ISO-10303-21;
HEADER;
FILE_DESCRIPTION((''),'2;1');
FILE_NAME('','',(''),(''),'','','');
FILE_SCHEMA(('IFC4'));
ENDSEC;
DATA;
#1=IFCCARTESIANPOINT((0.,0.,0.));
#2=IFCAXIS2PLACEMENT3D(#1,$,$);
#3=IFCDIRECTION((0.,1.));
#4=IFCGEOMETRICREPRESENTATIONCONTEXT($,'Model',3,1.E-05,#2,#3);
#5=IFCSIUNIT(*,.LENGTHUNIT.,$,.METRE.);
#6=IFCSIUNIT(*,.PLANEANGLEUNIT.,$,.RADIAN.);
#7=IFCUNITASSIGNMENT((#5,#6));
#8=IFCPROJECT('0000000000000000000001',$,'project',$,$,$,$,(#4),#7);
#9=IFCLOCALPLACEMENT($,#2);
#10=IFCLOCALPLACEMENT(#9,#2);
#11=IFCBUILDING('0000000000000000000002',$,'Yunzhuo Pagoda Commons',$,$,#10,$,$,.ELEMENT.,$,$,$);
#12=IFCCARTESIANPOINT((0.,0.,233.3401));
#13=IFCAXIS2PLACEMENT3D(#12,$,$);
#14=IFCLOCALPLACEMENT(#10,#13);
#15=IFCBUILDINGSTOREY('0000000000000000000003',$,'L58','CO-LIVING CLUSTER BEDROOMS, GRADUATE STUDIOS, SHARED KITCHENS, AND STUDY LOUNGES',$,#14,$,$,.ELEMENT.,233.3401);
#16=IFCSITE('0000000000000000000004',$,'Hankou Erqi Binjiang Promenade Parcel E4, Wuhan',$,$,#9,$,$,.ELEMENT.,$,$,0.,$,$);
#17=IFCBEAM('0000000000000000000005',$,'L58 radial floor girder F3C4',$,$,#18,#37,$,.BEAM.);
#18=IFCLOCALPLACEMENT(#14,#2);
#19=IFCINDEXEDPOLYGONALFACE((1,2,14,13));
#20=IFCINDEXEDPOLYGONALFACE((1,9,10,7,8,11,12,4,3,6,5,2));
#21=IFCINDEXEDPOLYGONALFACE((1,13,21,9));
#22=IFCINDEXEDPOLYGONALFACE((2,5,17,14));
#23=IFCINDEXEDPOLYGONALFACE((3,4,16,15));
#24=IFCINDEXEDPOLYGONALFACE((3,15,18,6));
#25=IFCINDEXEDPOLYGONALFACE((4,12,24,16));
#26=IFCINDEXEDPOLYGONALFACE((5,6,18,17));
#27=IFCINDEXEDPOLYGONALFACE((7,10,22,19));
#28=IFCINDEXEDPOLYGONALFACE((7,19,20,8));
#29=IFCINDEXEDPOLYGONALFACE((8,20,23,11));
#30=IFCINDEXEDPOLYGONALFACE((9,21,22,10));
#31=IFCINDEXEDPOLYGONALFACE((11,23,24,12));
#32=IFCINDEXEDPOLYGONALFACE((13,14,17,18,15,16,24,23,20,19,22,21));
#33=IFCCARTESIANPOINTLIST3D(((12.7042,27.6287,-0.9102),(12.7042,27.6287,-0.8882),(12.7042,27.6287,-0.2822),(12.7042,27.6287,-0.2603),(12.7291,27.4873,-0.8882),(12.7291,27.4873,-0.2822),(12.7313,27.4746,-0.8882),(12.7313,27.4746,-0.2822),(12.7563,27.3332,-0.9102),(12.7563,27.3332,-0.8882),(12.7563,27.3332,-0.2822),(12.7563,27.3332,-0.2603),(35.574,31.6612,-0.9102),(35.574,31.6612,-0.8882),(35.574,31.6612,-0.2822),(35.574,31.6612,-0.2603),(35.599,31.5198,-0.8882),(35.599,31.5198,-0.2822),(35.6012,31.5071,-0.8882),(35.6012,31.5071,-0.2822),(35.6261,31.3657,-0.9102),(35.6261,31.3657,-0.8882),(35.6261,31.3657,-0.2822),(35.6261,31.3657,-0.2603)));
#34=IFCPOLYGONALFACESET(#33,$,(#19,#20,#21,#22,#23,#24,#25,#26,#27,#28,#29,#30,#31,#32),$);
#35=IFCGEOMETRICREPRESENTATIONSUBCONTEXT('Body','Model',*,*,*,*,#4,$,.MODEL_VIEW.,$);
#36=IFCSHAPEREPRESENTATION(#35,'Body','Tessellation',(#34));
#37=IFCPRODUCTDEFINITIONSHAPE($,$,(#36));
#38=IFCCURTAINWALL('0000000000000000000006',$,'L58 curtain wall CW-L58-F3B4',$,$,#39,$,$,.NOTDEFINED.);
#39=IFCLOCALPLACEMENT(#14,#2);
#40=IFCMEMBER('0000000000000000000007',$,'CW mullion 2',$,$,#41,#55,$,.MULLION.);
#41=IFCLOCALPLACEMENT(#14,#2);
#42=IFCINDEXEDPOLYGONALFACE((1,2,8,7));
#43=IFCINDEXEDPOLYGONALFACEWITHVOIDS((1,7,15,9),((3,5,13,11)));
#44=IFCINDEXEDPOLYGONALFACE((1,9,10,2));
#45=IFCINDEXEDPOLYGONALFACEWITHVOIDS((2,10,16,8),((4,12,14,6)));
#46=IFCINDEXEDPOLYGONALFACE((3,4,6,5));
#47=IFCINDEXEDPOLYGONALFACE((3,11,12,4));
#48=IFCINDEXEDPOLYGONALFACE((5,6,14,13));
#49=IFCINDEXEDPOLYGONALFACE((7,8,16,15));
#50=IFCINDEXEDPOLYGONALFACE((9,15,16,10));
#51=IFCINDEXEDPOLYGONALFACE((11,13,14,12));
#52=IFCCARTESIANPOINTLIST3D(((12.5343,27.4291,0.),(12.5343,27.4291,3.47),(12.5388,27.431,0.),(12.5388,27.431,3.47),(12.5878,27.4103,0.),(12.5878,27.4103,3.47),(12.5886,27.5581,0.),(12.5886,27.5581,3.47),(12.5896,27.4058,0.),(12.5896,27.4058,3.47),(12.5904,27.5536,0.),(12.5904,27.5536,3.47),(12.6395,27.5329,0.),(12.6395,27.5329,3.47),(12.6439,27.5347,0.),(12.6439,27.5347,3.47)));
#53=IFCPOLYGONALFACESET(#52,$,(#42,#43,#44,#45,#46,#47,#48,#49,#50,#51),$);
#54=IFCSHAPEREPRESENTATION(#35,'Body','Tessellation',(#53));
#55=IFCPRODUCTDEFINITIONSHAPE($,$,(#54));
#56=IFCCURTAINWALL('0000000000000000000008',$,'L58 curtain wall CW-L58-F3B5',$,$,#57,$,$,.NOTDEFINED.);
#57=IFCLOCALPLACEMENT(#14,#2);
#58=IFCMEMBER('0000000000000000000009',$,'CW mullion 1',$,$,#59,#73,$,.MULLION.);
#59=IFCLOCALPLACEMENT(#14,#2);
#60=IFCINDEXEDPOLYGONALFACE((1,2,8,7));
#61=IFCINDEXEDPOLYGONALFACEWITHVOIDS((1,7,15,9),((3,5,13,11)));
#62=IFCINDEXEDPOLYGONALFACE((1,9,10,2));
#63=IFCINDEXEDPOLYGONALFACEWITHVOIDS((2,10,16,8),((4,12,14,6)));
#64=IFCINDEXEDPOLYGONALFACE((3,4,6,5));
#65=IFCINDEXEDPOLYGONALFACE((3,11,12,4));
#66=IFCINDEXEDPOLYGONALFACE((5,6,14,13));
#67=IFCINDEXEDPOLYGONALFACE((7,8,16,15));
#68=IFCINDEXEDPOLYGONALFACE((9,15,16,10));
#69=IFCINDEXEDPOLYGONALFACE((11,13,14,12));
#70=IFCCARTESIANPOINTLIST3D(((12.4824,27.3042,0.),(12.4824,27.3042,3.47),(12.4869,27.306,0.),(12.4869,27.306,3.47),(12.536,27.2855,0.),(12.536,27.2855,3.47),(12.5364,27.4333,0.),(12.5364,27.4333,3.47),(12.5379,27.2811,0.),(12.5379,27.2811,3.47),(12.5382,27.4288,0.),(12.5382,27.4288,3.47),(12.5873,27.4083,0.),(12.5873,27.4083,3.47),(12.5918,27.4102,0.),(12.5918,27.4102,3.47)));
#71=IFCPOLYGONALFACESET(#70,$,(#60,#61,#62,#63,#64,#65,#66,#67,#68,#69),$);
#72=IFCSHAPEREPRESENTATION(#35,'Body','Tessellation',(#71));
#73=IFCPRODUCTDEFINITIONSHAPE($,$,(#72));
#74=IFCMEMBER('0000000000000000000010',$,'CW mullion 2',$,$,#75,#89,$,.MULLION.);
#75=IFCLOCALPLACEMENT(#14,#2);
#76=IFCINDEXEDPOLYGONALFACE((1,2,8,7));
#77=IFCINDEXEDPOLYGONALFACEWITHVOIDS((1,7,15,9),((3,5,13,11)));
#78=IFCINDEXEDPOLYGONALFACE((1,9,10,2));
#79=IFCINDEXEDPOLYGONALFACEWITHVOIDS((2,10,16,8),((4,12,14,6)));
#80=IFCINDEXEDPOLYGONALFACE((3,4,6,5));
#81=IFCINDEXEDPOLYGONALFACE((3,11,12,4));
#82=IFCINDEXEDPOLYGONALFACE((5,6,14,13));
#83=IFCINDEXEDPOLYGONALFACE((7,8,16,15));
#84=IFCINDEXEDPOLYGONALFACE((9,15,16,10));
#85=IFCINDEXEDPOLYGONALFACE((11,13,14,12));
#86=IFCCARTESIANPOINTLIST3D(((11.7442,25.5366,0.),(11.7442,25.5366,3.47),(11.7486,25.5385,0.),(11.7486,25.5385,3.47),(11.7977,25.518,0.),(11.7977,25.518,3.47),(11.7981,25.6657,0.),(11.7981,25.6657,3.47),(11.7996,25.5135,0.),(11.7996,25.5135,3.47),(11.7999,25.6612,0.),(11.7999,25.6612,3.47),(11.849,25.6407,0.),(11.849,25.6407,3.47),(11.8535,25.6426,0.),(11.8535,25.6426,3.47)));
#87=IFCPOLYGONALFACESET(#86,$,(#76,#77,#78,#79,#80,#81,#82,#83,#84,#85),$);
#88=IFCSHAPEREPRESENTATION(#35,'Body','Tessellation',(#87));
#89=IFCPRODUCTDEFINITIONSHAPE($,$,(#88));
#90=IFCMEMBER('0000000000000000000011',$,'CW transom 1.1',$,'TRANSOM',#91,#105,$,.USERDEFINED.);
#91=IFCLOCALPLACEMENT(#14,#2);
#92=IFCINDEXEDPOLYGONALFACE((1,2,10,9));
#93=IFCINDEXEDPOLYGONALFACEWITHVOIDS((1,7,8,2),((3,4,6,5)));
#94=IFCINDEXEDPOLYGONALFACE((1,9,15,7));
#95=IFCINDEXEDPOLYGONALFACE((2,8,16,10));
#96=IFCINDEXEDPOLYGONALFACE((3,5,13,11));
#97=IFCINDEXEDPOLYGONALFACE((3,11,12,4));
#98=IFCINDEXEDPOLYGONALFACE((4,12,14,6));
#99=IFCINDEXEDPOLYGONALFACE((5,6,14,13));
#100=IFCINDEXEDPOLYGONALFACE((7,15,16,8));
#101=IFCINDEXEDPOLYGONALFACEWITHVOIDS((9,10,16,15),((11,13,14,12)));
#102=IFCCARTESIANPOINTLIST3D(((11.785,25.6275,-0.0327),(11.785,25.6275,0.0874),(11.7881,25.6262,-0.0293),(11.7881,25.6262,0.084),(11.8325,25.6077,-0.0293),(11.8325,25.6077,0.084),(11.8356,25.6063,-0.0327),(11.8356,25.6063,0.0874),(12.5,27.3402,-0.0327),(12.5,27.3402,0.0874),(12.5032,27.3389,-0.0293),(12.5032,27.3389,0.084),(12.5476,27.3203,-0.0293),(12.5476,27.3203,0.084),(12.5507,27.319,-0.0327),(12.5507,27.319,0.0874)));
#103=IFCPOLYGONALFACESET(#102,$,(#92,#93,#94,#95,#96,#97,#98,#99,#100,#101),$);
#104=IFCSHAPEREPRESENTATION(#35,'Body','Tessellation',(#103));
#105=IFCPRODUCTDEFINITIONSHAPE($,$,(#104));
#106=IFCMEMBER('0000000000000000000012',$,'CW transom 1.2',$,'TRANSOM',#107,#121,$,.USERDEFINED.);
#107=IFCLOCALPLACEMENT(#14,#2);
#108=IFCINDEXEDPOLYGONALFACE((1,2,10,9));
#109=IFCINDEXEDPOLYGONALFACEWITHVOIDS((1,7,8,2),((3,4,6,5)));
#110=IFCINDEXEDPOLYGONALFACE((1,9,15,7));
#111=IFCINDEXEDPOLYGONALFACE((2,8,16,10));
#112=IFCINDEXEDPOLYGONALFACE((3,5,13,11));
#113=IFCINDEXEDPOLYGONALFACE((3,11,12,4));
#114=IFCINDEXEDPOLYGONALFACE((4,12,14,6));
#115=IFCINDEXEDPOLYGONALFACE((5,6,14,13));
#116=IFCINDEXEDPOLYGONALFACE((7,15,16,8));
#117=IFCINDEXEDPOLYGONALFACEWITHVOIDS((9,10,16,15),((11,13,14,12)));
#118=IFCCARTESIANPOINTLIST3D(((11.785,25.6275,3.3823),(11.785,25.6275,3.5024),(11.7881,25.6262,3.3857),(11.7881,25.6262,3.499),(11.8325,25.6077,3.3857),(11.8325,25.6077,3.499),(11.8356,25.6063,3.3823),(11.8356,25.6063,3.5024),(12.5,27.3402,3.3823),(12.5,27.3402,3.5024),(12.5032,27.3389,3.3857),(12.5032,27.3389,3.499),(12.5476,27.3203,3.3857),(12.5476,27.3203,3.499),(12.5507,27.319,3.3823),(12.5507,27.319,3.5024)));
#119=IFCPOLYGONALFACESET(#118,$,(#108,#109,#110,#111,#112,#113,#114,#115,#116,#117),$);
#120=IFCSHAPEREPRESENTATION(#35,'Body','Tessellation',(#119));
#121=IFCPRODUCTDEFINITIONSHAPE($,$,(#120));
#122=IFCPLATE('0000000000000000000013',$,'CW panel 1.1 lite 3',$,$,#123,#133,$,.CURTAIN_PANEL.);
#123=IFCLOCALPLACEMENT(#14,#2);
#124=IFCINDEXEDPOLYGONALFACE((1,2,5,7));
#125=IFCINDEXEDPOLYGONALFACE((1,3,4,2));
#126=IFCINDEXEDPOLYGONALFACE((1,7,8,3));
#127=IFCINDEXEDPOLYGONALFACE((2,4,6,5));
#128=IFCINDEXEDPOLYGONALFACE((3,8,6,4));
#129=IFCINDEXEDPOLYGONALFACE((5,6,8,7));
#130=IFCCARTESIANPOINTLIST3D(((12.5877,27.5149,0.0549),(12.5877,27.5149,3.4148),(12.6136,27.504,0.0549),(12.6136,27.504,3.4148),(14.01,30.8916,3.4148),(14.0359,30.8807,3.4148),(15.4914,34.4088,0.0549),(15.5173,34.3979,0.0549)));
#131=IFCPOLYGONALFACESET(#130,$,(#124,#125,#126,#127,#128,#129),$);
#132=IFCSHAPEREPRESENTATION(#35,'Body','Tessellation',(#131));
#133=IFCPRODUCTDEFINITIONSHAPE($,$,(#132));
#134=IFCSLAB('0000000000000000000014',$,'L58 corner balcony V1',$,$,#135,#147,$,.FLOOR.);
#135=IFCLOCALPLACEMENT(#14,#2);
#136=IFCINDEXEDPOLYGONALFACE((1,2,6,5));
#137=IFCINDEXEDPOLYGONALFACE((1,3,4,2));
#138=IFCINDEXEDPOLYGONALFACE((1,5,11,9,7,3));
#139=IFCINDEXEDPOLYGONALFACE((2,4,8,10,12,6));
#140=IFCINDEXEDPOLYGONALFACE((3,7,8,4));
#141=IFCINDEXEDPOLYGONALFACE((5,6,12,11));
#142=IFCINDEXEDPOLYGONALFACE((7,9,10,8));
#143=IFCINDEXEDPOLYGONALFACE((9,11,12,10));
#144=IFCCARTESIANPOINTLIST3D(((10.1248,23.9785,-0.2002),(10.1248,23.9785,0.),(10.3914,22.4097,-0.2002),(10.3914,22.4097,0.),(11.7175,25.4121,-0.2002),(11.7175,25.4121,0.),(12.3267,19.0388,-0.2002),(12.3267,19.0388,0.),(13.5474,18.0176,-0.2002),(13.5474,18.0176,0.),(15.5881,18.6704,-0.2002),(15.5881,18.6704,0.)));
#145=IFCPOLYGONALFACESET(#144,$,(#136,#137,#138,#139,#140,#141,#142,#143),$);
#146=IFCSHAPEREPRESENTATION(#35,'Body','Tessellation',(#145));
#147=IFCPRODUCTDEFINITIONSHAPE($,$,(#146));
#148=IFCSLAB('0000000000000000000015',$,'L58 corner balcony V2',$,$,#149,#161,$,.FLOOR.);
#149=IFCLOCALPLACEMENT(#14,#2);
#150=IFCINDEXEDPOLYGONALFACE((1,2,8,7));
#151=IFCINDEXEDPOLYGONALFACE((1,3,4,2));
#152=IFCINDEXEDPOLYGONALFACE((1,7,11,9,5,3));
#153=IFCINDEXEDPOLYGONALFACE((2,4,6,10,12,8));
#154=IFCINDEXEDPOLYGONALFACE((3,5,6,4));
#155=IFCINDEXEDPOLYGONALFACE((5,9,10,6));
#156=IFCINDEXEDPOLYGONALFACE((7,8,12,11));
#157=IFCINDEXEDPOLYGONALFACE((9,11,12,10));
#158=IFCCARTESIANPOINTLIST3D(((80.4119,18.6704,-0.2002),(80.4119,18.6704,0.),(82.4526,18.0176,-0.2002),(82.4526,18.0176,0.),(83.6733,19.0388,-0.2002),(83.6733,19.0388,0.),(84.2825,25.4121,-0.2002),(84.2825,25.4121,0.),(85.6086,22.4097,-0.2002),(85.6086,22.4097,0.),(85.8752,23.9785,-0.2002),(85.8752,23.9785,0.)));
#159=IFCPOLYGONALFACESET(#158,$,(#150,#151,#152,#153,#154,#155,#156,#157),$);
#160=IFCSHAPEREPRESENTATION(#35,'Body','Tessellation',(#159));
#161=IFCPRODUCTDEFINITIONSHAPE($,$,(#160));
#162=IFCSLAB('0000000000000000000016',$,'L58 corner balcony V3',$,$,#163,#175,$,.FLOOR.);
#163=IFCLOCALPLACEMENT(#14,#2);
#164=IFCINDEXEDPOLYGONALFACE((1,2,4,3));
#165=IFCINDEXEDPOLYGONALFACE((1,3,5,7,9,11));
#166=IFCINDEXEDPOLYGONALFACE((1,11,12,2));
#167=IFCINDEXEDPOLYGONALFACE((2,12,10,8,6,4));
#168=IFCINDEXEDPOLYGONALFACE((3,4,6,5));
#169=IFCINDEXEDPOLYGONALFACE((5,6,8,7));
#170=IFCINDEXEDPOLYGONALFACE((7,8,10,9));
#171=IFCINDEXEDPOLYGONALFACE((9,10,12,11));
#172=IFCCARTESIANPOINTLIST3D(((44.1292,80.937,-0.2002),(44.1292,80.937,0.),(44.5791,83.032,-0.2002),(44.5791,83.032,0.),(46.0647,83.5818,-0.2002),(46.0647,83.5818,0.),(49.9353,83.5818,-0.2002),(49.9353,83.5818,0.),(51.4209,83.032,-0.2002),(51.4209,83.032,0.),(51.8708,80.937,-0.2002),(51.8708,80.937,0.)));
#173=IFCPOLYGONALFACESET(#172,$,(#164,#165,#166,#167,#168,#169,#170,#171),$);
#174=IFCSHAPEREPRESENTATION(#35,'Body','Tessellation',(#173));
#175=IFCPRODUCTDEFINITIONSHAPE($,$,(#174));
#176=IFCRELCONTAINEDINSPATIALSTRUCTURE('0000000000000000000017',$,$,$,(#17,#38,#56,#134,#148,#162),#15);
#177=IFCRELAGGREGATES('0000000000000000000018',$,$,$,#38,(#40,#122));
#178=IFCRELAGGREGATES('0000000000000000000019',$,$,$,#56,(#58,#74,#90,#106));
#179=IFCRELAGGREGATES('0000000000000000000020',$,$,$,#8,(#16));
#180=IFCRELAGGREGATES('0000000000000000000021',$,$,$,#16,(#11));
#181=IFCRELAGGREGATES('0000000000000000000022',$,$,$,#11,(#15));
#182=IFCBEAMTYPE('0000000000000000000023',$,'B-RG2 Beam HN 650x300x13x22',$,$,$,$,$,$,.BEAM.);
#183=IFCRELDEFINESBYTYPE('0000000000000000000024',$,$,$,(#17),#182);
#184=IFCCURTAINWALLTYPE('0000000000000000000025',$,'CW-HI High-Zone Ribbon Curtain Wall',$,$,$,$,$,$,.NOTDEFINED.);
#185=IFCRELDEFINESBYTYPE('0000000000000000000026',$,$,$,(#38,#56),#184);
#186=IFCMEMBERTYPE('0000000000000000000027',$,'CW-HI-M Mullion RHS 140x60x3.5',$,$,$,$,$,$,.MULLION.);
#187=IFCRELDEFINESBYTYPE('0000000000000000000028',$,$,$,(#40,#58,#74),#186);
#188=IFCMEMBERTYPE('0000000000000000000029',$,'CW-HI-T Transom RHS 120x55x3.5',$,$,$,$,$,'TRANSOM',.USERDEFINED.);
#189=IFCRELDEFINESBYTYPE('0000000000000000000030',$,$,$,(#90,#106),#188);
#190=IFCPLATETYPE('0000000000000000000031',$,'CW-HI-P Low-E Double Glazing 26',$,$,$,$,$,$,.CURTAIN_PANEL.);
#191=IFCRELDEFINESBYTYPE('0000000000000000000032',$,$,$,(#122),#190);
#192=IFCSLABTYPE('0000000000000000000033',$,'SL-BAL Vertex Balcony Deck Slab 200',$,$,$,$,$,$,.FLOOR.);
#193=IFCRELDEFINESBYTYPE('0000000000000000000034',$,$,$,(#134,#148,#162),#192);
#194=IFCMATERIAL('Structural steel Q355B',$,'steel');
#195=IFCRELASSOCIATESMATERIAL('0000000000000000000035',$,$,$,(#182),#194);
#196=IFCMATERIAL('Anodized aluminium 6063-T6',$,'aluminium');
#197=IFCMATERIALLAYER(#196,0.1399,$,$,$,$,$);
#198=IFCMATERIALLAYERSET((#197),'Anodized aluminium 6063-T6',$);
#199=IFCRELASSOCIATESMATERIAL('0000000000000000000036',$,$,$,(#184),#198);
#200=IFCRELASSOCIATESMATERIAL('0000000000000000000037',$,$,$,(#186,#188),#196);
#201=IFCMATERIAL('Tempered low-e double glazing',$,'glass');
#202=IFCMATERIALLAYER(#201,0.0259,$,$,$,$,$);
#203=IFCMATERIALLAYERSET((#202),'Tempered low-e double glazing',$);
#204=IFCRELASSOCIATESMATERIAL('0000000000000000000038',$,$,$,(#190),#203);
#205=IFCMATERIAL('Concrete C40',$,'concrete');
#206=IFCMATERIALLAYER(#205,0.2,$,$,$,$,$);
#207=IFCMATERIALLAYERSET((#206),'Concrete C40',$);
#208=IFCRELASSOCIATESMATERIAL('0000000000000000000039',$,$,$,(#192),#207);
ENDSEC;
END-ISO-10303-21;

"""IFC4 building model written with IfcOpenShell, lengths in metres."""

from ifc_helpers import new_model, si_unit, direction, frame, origin, origin_2d, place, context, subcontext, project, spatial, polyline, hollow_rectangle, i_section, outline, extrude, source, transform, mapped, material, layer, layer_set, material_profile, profile_set, type_object, element, aggregate, save


model = new_model("IFC4")

# Units and contexts
model_context = context("Model", 3, precision=1e-05, world=origin(), true_north=direction((0.0, 1.0)))
body_context = subcontext(model_context, "Body", "Model", "MODEL_VIEW")
ifc_project = project(units=[si_unit("LENGTHUNIT", "METRE"), si_unit("PLANEANGLEUNIT", "RADIAN")], contexts=[model_context])

# Site, building, storey
site_placement = place(None, origin())
site = spatial("IfcSite", under=ifc_project, at=site_placement, Name="Hankou Erqi Binjiang Promenade Parcel E4, Wuhan", CompositionType="ELEMENT", RefElevation=0.0)
building_placement = place(site_placement, origin())
building = spatial("IfcBuilding", under=site, at=building_placement, Name="Yunzhuo Pagoda Commons", CompositionType="ELEMENT")
storey_placement = place(building_placement, frame((0.0, 0.0, 233.3401)))
storey = spatial("IfcBuildingStorey", under=building, at=storey_placement, Name="L58", Description="CO-LIVING CLUSTER BEDROOMS, GRADUATE STUDIOS, SHARED KITCHENS, AND STUDY LOUNGES", CompositionType="ELEMENT", Elevation=233.3401)

# Beam
ifc_material_1 = material(Name="Structural steel Q355B", Category="steel")
ifc_material_profile_1 = material_profile(ifc_material_1, i_section(OverallWidth=0.3, OverallDepth=0.6499, WebThickness=0.0129, FlangeThickness=0.022, at=origin_2d()), Name="Structural steel Q355B")
ifc_profile_set_1 = profile_set([ifc_material_profile_1], Name="Structural steel Q355B")
beam_type = type_object("IfcBeamType", Name="B-RG2 Beam HN 650x300x13x22", PredefinedType="BEAM", material=ifc_profile_set_1)
shared_shape_1 = source(origin(), body_context, "Body", "SweptSolid", [
    extrude(i_section(OverallWidth=0.3, OverallDepth=0.6499, WebThickness=0.0129, FlangeThickness=0.022, at=origin_2d()), origin(), (0.0, 0.0, 1.0), 23.2227),
])
beam_placement = place(storey_placement, frame((12.7302, 27.481, -0.5852), z_axis=(0.984809, 0.173644, 0.0), x_axis=(-0.173644, 0.984809, 0.0)))
element("IfcBeam", 1, at=beam_placement, inside=storey, type_object=beam_type, Name="L58 radial floor girder F3C4", PredefinedType="BEAM", context=body_context, shape_type="MappedRepresentation", body=[
    mapped(shared_shape_1, transform((0.0, 0.0, 0.0), scale=1.0)),
])

# Curtain wall, member
ifc_material_2 = material(Name="Anodized aluminium 6063-T6", Category="aluminium")
ifc_layer_1 = layer(ifc_material_2, 0.1399)
ifc_layer_set_1 = layer_set([ifc_layer_1], Name="Anodized aluminium 6063-T6")
curtain_wall_type = type_object("IfcCurtainWallType", Name="CW-HI High-Zone Ribbon Curtain Wall", PredefinedType="NOTDEFINED", material=ifc_layer_set_1)
curtain_wall_1_placement = place(storey_placement, origin())
curtain_wall_1 = element("IfcCurtainWall", 2, at=curtain_wall_1_placement, inside=storey, type_object=curtain_wall_type, Name="L58 curtain wall CW-L58-F3B4", PredefinedType="NOTDEFINED")
ifc_material_profile_2 = material_profile(ifc_material_2, hollow_rectangle(XDim=0.0601, YDim=0.1399, WallThickness=0.0034, at=origin_2d()), Name="Anodized aluminium 6063-T6")
ifc_profile_set_2 = profile_set([ifc_material_profile_2], Name="Anodized aluminium 6063-T6")
member_type_1 = type_object("IfcMemberType", Name="CW-HI-M Mullion RHS 140x60x3.5", PredefinedType="MULLION", material=ifc_profile_set_2)
shared_shape_2 = source(origin(), body_context, "Body", "SweptSolid", [
    extrude(hollow_rectangle(XDim=0.0601, YDim=0.1399, WallThickness=0.0034, at=origin_2d()), origin(), (0.0, 0.0, 1.0), 3.47),
])
member_1_placement = place(storey_placement, frame((12.5891, 27.4819, 0.0), z_axis=(0.0, 0.0, 1.0), x_axis=(0.921589, -0.388167, 0.0)))
member_1 = element("IfcMember", 3, at=member_1_placement, type_object=member_type_1, Name="CW mullion 2", PredefinedType="MULLION", context=body_context, shape_type="MappedRepresentation", body=[
    mapped(shared_shape_2, transform((0.0, 0.0, 0.0), scale=1.0)),
])

# Curtain wall, members
curtain_wall_2_placement = place(storey_placement, origin())
curtain_wall_2 = element("IfcCurtainWall", 4, at=curtain_wall_2_placement, inside=storey, type_object=curtain_wall_type, Name="L58 curtain wall CW-L58-F3B5", PredefinedType="NOTDEFINED")
member_2_placement = place(storey_placement, frame((12.5371, 27.3572, 0.0), z_axis=(0.0, 0.0, 1.0), x_axis=(0.922773, -0.385345, 0.0)))
member_2 = element("IfcMember", 5, at=member_2_placement, type_object=member_type_1, Name="CW mullion 1", PredefinedType="MULLION", context=body_context, shape_type="MappedRepresentation", body=[
    mapped(shared_shape_2, transform((0.0, 0.0, 0.0), scale=1.0)),
])
member_3_placement = place(storey_placement, frame((11.7988, 25.5896, 0.0), z_axis=(0.0, 0.0, 1.0), x_axis=(0.922773, -0.385345, 0.0)))
member_3 = element("IfcMember", 6, at=member_3_placement, type_object=member_type_1, Name="CW mullion 2", PredefinedType="MULLION", context=body_context, shape_type="MappedRepresentation", body=[
    mapped(shared_shape_2, transform((0.0, 0.0, 0.0), scale=1.0)),
])
ifc_material_profile_3 = material_profile(ifc_material_2, hollow_rectangle(XDim=0.0549, YDim=0.1201, WallThickness=0.0034, at=origin_2d()), Name="Anodized aluminium 6063-T6")
ifc_profile_set_3 = profile_set([ifc_material_profile_3], Name="Anodized aluminium 6063-T6")
member_type_2 = type_object("IfcMemberType", Name="CW-HI-T Transom RHS 120x55x3.5", ElementType="TRANSOM", PredefinedType="USERDEFINED", material=ifc_profile_set_3)
shared_shape_3 = source(origin(), body_context, "Body", "SweptSolid", [
    extrude(hollow_rectangle(XDim=0.0549, YDim=0.1201, WallThickness=0.0034, at=origin_2d()), origin(), (0.0, 0.0, 1.0), 1.856),
])
member_4_placement = place(storey_placement, frame((12.5254, 27.3296, 0.0273), z_axis=(-0.385297, -0.922793, 0.0), x_axis=(0.922793, -0.385297, 0.0)))
member_4 = element("IfcMember", 7, at=member_4_placement, type_object=member_type_2, Name="CW transom 1.1", ObjectType="TRANSOM", PredefinedType="USERDEFINED", context=body_context, shape_type="MappedRepresentation", body=[
    mapped(shared_shape_3, transform((0.0, 0.0, 0.0), scale=1.0)),
])
member_5_placement = place(storey_placement, frame((12.5254, 27.3296, 3.4424), z_axis=(-0.385297, -0.922793, 0.0), x_axis=(0.922793, -0.385297, 0.0)))
member_5 = element("IfcMember", 8, at=member_5_placement, type_object=member_type_2, Name="CW transom 1.2", ObjectType="TRANSOM", PredefinedType="USERDEFINED", context=body_context, shape_type="MappedRepresentation", body=[
    mapped(shared_shape_3, transform((0.0, 0.0, 0.0), scale=1.0)),
])

# Plate
ifc_material_3 = material(Name="Tempered low-e double glazing", Category="glass")
ifc_layer_2 = layer(ifc_material_3, 0.0259)
ifc_layer_set_2 = layer_set([ifc_layer_2], Name="Tempered low-e double glazing")
plate_type = type_object("IfcPlateType", Name="CW-HI-P Low-E Double Glazing 26", PredefinedType="CURTAIN_PANEL", material=ifc_layer_set_2)
plate_1_placement = place(storey_placement, frame((14.0654, 30.9509, 1.7349), z_axis=(-0.921589, 0.388167, 0.0), x_axis=(-0.388167, -0.921589, 0.0)))
plate_1 = element("IfcPlate", 9, at=plate_1_placement, type_object=plate_type, Name="CW panel 1.1 lite 3", PredefinedType="CURTAIN_PANEL", context=body_context, shape_type="SweptSolid", body=[
    extrude(outline(polyline([(-3.7402, -1.6799), (3.7402, -1.6799), (3.7402, 1.6799), (0.0762, 1.6799), (-3.7402, -1.6799)])), origin(), (0.0, 0.0, 1.0), 0.0281),
])
aggregate(curtain_wall_1, [member_1, plate_1])

# Slabs
ifc_material_4 = material(Name="Concrete C40", Category="concrete")
ifc_layer_3 = layer(ifc_material_4, 0.2)
ifc_layer_set_3 = layer_set([ifc_layer_3], Name="Concrete C40")
slab_type_1 = type_object("IfcSlabType", Name="SL-BAL Vertex Balcony Deck Slab 200", PredefinedType="FLOOR", material=ifc_layer_set_3)
slab_1_placement = place(storey_placement, frame((0.0, 0.0, -0.2002)))
element("IfcSlab", 10, at=slab_1_placement, inside=storey, type_object=slab_type_1, Name="L58 corner balcony V1", PredefinedType="FLOOR", context=body_context, shape_type="SweptSolid", body=[
    extrude(outline(polyline([(11.7175, 25.4121), (15.5881, 18.6704), (13.5474, 18.0176), (12.3267, 19.0388), (10.3914, 22.4097), (10.1248, 23.9785), (11.7175, 25.4121)])), origin(), (0.0, 0.0, 1.0), 0.2002),
])
slab_2_placement = place(storey_placement, frame((0.0, 0.0, -0.2002)))
element("IfcSlab", 11, at=slab_2_placement, inside=storey, type_object=slab_type_1, Name="L58 corner balcony V2", PredefinedType="FLOOR", context=body_context, shape_type="SweptSolid", body=[
    extrude(outline(polyline([(80.4119, 18.6704), (84.2825, 25.4121), (85.8752, 23.9785), (85.6086, 22.4097), (83.6733, 19.0388), (82.4526, 18.0176), (80.4119, 18.6704)])), origin(), (0.0, 0.0, 1.0), 0.2002),
])
slab_3_placement = place(storey_placement, frame((0.0, 0.0, -0.2002)))
element("IfcSlab", 12, at=slab_3_placement, inside=storey, type_object=slab_type_1, Name="L58 corner balcony V3", PredefinedType="FLOOR", context=body_context, shape_type="SweptSolid", body=[
    extrude(outline(polyline([(51.8708, 80.937), (44.1292, 80.937), (44.5791, 83.032), (46.0647, 83.5818), (49.9353, 83.5818), (51.4209, 83.032), (51.8708, 80.937)])), origin(), (0.0, 0.0, 1.0), 0.2002),
])

aggregate(curtain_wall_2, [member_2, member_3, member_4, member_5])

save(model, "model.ifc")
